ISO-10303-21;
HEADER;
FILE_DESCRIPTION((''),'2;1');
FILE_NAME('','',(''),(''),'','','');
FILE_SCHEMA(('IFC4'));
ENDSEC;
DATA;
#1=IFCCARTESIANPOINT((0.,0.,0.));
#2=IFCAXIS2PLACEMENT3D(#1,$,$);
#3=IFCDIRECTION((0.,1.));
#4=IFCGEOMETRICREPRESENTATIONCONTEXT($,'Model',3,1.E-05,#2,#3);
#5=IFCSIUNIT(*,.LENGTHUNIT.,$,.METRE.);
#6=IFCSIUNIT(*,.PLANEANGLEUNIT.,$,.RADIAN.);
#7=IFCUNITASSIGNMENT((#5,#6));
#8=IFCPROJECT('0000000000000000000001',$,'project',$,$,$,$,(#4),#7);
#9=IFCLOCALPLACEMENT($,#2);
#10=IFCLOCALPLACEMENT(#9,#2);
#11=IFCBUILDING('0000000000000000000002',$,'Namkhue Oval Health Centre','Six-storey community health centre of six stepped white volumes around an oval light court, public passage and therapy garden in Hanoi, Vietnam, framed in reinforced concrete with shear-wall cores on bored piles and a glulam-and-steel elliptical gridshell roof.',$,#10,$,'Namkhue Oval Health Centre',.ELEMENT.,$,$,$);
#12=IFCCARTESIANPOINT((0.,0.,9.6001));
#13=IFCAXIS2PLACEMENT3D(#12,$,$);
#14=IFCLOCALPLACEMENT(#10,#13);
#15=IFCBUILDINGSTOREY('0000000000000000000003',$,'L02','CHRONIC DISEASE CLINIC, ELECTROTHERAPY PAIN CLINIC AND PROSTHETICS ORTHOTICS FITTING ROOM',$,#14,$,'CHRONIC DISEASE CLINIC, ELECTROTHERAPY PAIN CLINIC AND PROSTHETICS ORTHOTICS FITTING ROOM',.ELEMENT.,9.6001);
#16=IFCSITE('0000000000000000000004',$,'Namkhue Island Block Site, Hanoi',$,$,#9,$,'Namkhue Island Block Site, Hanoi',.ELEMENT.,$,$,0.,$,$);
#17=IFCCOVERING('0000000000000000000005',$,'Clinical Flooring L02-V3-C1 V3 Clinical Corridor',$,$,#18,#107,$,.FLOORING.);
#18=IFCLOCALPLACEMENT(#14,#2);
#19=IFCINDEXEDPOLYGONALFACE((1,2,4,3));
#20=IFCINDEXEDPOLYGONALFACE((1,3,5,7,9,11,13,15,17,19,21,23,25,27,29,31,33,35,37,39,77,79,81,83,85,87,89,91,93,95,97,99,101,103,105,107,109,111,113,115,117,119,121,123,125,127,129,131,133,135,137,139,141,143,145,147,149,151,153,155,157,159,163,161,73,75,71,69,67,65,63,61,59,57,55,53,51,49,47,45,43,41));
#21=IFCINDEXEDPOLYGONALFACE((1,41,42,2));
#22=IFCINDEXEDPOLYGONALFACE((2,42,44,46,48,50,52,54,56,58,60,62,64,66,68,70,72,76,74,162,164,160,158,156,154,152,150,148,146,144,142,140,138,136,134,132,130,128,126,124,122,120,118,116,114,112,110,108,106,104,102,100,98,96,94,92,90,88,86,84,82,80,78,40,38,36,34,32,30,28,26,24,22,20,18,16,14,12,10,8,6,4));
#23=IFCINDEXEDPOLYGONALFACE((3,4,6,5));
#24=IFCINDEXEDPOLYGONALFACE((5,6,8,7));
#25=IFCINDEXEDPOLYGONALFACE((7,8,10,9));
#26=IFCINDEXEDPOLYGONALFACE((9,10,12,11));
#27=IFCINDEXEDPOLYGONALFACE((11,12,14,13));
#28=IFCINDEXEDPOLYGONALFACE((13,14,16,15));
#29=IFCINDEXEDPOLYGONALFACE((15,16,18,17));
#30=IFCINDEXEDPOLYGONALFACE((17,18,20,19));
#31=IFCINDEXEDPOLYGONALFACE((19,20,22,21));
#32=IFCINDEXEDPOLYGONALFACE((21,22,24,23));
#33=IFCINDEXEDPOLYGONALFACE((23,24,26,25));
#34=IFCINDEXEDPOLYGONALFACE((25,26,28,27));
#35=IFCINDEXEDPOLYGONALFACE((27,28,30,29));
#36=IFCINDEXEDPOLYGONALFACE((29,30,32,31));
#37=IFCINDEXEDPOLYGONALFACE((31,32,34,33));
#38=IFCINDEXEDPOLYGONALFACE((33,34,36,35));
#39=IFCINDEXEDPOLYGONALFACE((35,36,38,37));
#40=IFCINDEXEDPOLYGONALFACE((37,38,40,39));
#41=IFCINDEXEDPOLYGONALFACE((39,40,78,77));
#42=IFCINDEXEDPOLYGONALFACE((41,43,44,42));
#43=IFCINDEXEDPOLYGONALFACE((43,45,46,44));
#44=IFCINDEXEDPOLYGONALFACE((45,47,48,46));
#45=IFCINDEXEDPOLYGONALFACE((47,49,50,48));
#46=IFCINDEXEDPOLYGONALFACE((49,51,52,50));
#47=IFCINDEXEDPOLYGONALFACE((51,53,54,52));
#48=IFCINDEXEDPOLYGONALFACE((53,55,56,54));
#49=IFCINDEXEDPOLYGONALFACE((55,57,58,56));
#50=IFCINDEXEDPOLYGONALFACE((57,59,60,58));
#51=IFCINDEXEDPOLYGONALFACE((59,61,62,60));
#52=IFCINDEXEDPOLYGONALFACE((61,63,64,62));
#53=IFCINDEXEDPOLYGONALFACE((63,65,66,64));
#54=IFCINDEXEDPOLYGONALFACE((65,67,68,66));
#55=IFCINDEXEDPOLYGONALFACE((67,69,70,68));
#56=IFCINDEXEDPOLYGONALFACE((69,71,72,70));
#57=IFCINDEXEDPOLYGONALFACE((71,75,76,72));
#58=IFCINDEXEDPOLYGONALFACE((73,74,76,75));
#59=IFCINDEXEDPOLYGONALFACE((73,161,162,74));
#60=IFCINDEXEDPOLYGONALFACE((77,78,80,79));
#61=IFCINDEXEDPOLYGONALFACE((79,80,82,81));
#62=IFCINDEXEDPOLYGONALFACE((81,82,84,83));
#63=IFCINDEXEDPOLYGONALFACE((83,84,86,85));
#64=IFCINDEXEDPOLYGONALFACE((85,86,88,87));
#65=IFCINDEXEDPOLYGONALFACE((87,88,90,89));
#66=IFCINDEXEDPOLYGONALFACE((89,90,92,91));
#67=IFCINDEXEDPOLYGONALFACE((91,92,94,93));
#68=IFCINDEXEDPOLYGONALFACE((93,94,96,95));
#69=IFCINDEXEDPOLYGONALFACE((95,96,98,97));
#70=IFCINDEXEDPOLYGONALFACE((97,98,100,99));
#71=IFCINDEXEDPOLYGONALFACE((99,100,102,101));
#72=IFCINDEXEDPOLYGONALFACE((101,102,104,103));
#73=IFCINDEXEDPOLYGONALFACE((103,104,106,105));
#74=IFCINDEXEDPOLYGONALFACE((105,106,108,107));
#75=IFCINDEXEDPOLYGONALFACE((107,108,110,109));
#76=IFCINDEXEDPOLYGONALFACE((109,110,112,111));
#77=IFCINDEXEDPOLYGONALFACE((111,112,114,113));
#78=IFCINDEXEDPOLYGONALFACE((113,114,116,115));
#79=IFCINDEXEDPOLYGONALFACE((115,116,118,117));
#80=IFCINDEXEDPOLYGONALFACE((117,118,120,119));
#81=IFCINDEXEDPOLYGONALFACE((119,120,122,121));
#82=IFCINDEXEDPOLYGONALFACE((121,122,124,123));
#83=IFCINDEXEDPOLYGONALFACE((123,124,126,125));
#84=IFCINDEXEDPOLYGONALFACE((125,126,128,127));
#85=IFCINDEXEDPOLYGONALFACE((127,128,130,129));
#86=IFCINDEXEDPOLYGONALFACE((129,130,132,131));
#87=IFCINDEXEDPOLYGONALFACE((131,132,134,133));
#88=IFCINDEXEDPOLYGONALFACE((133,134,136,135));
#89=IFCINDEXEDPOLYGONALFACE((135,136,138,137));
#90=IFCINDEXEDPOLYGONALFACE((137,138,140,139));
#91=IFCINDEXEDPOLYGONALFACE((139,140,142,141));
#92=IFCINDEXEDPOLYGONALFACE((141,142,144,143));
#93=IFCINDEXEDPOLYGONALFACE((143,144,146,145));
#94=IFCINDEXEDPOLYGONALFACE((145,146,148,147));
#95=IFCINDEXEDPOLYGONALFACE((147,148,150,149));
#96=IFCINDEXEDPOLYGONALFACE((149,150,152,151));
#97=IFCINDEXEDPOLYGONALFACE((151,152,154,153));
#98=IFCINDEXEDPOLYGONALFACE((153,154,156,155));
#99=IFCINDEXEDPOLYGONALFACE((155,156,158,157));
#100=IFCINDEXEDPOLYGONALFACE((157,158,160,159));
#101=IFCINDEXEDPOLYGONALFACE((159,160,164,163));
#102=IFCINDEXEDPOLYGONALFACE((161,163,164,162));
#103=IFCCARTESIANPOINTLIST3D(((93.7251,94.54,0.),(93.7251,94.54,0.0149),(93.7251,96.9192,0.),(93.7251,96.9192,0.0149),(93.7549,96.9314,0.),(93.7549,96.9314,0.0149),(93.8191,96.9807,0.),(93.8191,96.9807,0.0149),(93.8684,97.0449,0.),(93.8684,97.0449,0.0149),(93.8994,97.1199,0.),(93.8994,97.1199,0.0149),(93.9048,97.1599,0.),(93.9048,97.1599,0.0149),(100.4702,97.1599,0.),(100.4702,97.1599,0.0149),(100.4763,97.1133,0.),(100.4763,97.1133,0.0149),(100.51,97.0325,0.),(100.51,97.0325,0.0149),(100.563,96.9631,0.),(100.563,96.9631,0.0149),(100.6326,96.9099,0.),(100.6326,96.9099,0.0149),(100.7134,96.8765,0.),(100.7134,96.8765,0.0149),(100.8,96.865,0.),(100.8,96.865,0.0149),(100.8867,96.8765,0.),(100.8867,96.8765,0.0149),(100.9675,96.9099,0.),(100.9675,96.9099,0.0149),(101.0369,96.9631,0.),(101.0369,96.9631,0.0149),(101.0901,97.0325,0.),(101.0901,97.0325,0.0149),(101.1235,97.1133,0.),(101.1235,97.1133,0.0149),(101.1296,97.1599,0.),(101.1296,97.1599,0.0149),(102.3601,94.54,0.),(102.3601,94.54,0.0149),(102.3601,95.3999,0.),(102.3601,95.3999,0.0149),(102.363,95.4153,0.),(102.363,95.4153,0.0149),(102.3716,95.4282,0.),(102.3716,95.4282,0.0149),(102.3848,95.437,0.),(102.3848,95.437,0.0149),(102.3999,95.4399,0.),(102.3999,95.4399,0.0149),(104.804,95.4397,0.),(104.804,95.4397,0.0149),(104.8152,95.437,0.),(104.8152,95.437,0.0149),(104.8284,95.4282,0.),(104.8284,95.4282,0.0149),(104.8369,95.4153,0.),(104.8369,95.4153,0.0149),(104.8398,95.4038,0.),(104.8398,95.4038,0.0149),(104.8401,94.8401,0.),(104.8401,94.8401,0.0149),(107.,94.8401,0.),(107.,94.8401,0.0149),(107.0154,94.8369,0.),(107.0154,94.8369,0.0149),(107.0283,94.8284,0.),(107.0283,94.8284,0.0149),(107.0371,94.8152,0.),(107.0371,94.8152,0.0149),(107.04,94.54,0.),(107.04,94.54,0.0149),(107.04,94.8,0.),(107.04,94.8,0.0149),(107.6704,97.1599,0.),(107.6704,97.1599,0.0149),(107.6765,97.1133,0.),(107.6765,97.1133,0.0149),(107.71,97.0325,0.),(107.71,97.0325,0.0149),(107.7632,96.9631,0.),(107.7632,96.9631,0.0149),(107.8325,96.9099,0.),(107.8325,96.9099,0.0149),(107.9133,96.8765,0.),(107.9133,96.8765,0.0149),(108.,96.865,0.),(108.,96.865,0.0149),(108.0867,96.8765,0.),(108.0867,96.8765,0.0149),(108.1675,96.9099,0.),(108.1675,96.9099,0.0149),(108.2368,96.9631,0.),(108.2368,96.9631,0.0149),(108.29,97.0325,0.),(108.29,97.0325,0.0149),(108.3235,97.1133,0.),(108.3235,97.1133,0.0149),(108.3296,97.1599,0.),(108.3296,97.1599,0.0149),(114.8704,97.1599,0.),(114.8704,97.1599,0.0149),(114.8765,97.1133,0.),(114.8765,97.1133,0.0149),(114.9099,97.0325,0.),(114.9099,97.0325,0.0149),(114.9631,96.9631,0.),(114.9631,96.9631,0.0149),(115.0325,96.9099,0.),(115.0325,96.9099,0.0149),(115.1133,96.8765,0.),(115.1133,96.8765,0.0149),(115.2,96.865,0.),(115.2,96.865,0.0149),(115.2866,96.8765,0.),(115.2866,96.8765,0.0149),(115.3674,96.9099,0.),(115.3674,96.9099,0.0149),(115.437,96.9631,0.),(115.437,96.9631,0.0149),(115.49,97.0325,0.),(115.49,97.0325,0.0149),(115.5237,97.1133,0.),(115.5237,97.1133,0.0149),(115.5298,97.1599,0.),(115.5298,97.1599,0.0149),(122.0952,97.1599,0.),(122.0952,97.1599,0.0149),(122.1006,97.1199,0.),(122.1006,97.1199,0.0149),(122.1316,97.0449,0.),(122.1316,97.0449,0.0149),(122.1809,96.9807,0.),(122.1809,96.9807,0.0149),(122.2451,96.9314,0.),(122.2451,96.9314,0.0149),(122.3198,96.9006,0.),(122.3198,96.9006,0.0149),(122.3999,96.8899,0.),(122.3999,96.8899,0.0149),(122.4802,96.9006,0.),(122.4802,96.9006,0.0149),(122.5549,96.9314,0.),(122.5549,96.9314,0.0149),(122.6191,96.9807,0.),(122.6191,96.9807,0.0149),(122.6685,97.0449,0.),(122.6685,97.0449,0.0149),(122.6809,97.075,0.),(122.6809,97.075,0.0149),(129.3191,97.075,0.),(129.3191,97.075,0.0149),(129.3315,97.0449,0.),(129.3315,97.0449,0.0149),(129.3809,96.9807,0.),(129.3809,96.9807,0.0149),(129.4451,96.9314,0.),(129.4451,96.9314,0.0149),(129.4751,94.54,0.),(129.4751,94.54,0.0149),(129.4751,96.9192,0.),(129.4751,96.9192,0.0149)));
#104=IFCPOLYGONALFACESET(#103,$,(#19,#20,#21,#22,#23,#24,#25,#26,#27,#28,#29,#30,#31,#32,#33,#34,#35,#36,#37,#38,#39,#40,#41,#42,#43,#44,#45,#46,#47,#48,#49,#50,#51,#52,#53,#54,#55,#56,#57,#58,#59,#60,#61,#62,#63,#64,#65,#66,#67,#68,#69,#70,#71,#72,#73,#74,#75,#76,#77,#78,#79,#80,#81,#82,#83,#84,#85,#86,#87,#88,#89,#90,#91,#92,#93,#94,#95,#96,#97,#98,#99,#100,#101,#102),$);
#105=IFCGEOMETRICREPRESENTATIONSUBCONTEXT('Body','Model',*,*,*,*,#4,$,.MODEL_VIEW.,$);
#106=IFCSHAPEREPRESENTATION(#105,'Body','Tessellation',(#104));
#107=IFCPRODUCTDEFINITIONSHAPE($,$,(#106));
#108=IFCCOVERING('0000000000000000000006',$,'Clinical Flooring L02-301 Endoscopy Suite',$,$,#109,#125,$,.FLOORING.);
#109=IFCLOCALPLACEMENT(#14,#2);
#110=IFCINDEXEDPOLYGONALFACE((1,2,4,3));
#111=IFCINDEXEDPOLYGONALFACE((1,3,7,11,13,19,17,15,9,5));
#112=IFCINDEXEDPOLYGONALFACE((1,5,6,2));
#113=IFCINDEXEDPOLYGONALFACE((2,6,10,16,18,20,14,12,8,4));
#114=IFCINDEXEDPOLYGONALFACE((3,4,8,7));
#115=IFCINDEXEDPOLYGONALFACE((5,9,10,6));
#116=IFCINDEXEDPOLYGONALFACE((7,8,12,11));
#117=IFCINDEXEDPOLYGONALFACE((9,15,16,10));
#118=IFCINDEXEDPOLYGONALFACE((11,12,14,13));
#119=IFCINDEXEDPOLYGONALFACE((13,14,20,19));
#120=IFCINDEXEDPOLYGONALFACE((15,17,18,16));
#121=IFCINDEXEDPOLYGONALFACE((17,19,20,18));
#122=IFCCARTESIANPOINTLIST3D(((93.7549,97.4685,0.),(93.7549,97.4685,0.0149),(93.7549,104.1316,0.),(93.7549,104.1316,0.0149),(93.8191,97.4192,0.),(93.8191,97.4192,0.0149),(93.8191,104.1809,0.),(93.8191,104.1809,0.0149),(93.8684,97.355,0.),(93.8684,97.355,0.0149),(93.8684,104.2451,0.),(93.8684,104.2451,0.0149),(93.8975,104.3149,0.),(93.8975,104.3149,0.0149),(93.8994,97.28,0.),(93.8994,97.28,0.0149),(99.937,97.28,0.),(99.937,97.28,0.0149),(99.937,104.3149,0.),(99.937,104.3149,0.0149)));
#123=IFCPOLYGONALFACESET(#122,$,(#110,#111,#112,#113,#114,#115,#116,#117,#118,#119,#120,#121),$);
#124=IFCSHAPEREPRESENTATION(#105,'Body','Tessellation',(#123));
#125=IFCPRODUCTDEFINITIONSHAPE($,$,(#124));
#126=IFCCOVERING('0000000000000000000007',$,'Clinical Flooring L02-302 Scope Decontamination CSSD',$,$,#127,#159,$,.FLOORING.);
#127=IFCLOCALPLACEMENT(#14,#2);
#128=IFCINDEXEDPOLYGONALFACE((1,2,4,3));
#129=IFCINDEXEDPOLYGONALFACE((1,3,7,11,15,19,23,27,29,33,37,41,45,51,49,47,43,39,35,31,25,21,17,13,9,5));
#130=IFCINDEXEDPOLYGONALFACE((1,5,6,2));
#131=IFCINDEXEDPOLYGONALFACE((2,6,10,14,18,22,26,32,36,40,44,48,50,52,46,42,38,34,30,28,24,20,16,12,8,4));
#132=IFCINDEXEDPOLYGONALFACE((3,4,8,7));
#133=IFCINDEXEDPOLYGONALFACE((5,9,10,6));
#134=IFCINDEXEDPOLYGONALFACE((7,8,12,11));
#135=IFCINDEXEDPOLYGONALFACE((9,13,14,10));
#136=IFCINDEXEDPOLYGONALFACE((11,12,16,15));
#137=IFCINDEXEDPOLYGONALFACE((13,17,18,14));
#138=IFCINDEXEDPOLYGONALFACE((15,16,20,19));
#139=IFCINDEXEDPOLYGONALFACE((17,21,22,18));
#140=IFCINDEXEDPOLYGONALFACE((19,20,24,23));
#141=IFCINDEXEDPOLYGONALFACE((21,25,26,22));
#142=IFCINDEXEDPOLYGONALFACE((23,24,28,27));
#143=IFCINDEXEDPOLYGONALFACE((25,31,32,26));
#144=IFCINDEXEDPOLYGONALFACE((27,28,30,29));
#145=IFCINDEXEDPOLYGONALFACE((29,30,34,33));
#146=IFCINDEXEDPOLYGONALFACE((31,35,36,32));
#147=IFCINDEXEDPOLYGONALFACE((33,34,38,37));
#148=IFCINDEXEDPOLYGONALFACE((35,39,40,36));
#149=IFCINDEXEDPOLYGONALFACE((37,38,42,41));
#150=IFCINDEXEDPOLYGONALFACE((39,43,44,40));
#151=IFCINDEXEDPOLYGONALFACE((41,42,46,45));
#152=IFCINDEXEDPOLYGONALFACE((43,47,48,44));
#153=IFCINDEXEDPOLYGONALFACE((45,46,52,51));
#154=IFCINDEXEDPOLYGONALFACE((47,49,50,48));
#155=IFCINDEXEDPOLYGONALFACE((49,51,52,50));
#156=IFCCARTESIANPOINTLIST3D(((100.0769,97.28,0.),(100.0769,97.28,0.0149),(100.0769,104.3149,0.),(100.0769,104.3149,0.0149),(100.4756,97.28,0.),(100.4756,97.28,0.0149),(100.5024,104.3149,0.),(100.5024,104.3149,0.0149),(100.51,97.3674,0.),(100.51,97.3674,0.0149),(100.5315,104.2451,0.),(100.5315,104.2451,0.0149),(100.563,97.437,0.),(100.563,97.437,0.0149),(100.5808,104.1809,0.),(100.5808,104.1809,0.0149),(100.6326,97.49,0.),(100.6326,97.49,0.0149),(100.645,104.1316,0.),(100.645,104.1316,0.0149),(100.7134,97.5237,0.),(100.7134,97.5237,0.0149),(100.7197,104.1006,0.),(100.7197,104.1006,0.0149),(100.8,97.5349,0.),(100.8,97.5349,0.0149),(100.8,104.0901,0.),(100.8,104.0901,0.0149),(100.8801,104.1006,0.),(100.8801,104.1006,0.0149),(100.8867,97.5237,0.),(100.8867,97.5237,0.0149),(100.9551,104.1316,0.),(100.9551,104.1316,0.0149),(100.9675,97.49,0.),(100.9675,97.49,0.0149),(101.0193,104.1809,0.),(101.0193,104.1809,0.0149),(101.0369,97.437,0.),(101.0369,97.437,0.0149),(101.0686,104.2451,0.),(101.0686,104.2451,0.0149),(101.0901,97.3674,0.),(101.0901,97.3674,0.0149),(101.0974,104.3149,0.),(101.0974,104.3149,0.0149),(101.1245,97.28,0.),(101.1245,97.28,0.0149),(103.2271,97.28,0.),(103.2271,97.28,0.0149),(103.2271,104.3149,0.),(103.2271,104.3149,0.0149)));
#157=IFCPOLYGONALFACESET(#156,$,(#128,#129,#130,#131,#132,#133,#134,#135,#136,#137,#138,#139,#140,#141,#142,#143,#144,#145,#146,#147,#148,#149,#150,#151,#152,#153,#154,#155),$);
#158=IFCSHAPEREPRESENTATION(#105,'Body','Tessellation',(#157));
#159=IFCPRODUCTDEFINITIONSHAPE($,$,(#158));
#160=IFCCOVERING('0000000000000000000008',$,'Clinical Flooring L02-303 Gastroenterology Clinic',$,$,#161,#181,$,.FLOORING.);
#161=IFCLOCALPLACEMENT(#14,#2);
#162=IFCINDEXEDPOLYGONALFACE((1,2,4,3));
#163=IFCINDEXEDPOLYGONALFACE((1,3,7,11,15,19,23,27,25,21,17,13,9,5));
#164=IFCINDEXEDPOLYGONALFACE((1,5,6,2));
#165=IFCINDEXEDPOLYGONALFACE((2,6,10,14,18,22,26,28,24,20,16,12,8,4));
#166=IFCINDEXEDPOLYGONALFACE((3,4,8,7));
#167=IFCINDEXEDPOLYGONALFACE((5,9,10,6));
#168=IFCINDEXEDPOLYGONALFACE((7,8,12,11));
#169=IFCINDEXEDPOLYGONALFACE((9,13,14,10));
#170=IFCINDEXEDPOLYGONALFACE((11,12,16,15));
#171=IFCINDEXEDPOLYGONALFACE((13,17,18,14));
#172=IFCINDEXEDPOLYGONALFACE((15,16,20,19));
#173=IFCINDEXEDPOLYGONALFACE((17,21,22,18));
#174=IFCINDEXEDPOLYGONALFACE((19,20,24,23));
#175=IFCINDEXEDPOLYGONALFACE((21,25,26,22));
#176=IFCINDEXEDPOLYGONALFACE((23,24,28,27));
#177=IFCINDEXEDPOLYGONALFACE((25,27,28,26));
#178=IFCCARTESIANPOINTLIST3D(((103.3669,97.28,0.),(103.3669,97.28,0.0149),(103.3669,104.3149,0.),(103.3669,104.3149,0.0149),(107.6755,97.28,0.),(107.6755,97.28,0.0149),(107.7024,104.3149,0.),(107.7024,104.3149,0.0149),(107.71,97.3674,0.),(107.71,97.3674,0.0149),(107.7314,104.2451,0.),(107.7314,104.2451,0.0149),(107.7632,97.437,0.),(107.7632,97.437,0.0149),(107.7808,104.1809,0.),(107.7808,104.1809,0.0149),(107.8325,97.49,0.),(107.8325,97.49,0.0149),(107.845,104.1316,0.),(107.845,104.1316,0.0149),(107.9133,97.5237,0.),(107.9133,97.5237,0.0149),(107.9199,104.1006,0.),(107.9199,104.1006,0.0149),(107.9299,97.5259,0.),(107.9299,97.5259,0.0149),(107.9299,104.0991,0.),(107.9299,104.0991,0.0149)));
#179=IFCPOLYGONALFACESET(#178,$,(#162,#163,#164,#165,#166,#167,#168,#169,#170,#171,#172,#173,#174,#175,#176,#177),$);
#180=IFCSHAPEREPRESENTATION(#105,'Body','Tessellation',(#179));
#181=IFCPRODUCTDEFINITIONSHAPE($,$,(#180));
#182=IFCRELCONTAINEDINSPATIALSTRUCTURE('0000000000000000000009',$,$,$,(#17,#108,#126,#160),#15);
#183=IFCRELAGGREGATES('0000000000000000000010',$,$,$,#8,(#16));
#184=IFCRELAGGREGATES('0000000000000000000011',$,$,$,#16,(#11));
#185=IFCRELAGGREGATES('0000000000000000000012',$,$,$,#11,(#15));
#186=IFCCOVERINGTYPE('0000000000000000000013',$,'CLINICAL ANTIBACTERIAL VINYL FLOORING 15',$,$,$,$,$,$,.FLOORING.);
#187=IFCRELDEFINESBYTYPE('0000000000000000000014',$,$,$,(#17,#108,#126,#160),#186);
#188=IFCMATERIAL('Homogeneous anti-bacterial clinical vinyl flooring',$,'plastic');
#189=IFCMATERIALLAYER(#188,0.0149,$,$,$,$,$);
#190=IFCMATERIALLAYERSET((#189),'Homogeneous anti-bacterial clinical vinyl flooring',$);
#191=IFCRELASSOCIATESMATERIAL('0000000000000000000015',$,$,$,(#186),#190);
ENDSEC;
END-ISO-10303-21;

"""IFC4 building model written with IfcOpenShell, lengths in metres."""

from ifc_helpers import new_model, si_unit, direction, frame, origin, place, context, subcontext, project, spatial, polyline, outline, extrude, material, layer, layer_set, type_object, element, save


model = new_model("IFC4")

# Units and contexts
model_context = context("Model", 3, precision=1e-05, world=origin(), true_north=direction((0.0, 1.0)))
body_context = subcontext(model_context, "Body", "Model", "MODEL_VIEW")
ifc_project = project(units=[si_unit("LENGTHUNIT", "METRE"), si_unit("PLANEANGLEUNIT", "RADIAN")], contexts=[model_context])

# Site, building, storey
site_placement = place(None, origin())
site = spatial("IfcSite", under=ifc_project, at=site_placement, Name="Namkhue Island Block Site, Hanoi", LongName="Namkhue Island Block Site, Hanoi", CompositionType="ELEMENT", RefElevation=0.0)
building_placement = place(site_placement, origin())
building = spatial("IfcBuilding", under=site, at=building_placement, Name="Namkhue Oval Health Centre", Description="Six-storey community health centre of six stepped white volumes around an oval light court, public passage and therapy garden in Hanoi, Vietnam, framed in reinforced concrete with shear-wall cores on bored piles and a glulam-and-steel elliptical gridshell roof.", LongName="Namkhue Oval Health Centre", CompositionType="ELEMENT")
storey_placement = place(building_placement, frame((0.0, 0.0, 9.6001)))
storey = spatial("IfcBuildingStorey", under=building, at=storey_placement, Name="L02", Description="CHRONIC DISEASE CLINIC, ELECTROTHERAPY PAIN CLINIC AND PROSTHETICS ORTHOTICS FITTING ROOM", LongName="CHRONIC DISEASE CLINIC, ELECTROTHERAPY PAIN CLINIC AND PROSTHETICS ORTHOTICS FITTING ROOM", CompositionType="ELEMENT", Elevation=9.6001)

# Coverings
ifc_material = material(Name="Homogeneous anti-bacterial clinical vinyl flooring", Category="plastic")
ifc_layer = layer(ifc_material, 0.0149)
ifc_layer_set = layer_set([ifc_layer], Name="Homogeneous anti-bacterial clinical vinyl flooring")
covering_type = type_object("IfcCoveringType", Name="CLINICAL ANTIBACTERIAL VINYL FLOORING 15", PredefinedType="FLOORING", material=ifc_layer_set)
covering_1_placement = place(storey_placement, origin())
element("IfcCovering", 1, at=covering_1_placement, inside=storey, type_object=covering_type, Name="Clinical Flooring L02-V3-C1 V3 Clinical Corridor", PredefinedType="FLOORING", context=body_context, shape_type="SweptSolid", body=[
    extrude(outline(polyline([(107.04, 94.8), (107.0371, 94.8152), (107.0283, 94.8284), (107.0154, 94.8369), (107.0, 94.8401), (104.8401, 94.8401), (104.8398, 95.4038), (104.8369, 95.4153), (104.8284, 95.4282), (104.8152, 95.437), (104.804, 95.4397), (102.3999, 95.4399), (102.3848, 95.437), (102.3716, 95.4282), (102.363, 95.4153), (102.3601, 95.3999), (102.3601, 94.54), (93.7251, 94.54), (93.7251, 96.9192), (93.7549, 96.9314), (93.8191, 96.9807), (93.8684, 97.0449), (93.8994, 97.1199), (93.9048, 97.1599), (100.4702, 97.1599), (100.4763, 97.1133), (100.51, 97.0325), (100.563, 96.9631), (100.6326, 96.9099), (100.7134, 96.8765), (100.8, 96.865), (100.8867, 96.8765), (100.9675, 96.9099), (101.0369, 96.9631), (101.0901, 97.0325), (101.1235, 97.1133), (101.1296, 97.1599), (107.6704, 97.1599), (107.6765, 97.1133), (107.71, 97.0325), (107.7632, 96.9631), (107.8325, 96.9099), (107.9133, 96.8765), (108.0, 96.865), (108.0867, 96.8765), (108.1675, 96.9099), (108.2368, 96.9631), (108.29, 97.0325), (108.3235, 97.1133), (108.3296, 97.1599), (114.8704, 97.1599), (114.8765, 97.1133), (114.9099, 97.0325), (114.9631, 96.9631), (115.0325, 96.9099), (115.1133, 96.8765), (115.2, 96.865), (115.2866, 96.8765), (115.3674, 96.9099), (115.437, 96.9631), (115.49, 97.0325), (115.5237, 97.1133), (115.5298, 97.1599), (122.0952, 97.1599), (122.1006, 97.1199), (122.1316, 97.0449), (122.1809, 96.9807), (122.2451, 96.9314), (122.3198, 96.9006), (122.3999, 96.8899), (122.4802, 96.9006), (122.5549, 96.9314), (122.6191, 96.9807), (122.6685, 97.0449), (122.6809, 97.075), (129.3191, 97.075), (129.3315, 97.0449), (129.3809, 96.9807), (129.4451, 96.9314), (129.4751, 96.9192), (129.4751, 94.54), (107.04, 94.54), (107.04, 94.8)])), origin(), (0.0, 0.0, 1.0), 0.0149),
])
covering_2_placement = place(storey_placement, origin())
element("IfcCovering", 2, at=covering_2_placement, inside=storey, type_object=covering_type, Name="Clinical Flooring L02-301 Endoscopy Suite", PredefinedType="FLOORING", context=body_context, shape_type="SweptSolid", body=[
    extrude(outline(polyline([(93.8994, 97.28), (93.8684, 97.355), (93.8191, 97.4192), (93.7549, 97.4685), (93.7549, 104.1316), (93.8191, 104.1809), (93.8684, 104.2451), (93.8975, 104.3149), (99.937, 104.3149), (99.937, 97.28), (93.8994, 97.28)])), origin(), (0.0, 0.0, 1.0), 0.0149),
])
covering_3_placement = place(storey_placement, origin())
element("IfcCovering", 3, at=covering_3_placement, inside=storey, type_object=covering_type, Name="Clinical Flooring L02-302 Scope Decontamination CSSD", PredefinedType="FLOORING", context=body_context, shape_type="SweptSolid", body=[
    extrude(outline(polyline([(101.1245, 97.28), (101.0901, 97.3674), (101.0369, 97.437), (100.9675, 97.49), (100.8867, 97.5237), (100.8, 97.5349), (100.7134, 97.5237), (100.6326, 97.49), (100.563, 97.437), (100.51, 97.3674), (100.4756, 97.28), (100.0769, 97.28), (100.0769, 104.3149), (100.5024, 104.3149), (100.5315, 104.2451), (100.5808, 104.1809), (100.645, 104.1316), (100.7197, 104.1006), (100.8, 104.0901), (100.8801, 104.1006), (100.9551, 104.1316), (101.0193, 104.1809), (101.0686, 104.2451), (101.0974, 104.3149), (103.2271, 104.3149), (103.2271, 97.28), (101.1245, 97.28)])), origin(), (0.0, 0.0, 1.0), 0.0149),
])
covering_4_placement = place(storey_placement, origin())
element("IfcCovering", 4, at=covering_4_placement, inside=storey, type_object=covering_type, Name="Clinical Flooring L02-303 Gastroenterology Clinic", PredefinedType="FLOORING", context=body_context, shape_type="SweptSolid", body=[
    extrude(outline(polyline([(103.3669, 97.28), (103.3669, 104.3149), (107.7024, 104.3149), (107.7314, 104.2451), (107.7808, 104.1809), (107.845, 104.1316), (107.9199, 104.1006), (107.9299, 104.0991), (107.9299, 97.5259), (107.9133, 97.5237), (107.8325, 97.49), (107.7632, 97.437), (107.71, 97.3674), (107.6755, 97.28), (103.3669, 97.28)])), origin(), (0.0, 0.0, 1.0), 0.0149),
])

save(model, "model.ifc")
